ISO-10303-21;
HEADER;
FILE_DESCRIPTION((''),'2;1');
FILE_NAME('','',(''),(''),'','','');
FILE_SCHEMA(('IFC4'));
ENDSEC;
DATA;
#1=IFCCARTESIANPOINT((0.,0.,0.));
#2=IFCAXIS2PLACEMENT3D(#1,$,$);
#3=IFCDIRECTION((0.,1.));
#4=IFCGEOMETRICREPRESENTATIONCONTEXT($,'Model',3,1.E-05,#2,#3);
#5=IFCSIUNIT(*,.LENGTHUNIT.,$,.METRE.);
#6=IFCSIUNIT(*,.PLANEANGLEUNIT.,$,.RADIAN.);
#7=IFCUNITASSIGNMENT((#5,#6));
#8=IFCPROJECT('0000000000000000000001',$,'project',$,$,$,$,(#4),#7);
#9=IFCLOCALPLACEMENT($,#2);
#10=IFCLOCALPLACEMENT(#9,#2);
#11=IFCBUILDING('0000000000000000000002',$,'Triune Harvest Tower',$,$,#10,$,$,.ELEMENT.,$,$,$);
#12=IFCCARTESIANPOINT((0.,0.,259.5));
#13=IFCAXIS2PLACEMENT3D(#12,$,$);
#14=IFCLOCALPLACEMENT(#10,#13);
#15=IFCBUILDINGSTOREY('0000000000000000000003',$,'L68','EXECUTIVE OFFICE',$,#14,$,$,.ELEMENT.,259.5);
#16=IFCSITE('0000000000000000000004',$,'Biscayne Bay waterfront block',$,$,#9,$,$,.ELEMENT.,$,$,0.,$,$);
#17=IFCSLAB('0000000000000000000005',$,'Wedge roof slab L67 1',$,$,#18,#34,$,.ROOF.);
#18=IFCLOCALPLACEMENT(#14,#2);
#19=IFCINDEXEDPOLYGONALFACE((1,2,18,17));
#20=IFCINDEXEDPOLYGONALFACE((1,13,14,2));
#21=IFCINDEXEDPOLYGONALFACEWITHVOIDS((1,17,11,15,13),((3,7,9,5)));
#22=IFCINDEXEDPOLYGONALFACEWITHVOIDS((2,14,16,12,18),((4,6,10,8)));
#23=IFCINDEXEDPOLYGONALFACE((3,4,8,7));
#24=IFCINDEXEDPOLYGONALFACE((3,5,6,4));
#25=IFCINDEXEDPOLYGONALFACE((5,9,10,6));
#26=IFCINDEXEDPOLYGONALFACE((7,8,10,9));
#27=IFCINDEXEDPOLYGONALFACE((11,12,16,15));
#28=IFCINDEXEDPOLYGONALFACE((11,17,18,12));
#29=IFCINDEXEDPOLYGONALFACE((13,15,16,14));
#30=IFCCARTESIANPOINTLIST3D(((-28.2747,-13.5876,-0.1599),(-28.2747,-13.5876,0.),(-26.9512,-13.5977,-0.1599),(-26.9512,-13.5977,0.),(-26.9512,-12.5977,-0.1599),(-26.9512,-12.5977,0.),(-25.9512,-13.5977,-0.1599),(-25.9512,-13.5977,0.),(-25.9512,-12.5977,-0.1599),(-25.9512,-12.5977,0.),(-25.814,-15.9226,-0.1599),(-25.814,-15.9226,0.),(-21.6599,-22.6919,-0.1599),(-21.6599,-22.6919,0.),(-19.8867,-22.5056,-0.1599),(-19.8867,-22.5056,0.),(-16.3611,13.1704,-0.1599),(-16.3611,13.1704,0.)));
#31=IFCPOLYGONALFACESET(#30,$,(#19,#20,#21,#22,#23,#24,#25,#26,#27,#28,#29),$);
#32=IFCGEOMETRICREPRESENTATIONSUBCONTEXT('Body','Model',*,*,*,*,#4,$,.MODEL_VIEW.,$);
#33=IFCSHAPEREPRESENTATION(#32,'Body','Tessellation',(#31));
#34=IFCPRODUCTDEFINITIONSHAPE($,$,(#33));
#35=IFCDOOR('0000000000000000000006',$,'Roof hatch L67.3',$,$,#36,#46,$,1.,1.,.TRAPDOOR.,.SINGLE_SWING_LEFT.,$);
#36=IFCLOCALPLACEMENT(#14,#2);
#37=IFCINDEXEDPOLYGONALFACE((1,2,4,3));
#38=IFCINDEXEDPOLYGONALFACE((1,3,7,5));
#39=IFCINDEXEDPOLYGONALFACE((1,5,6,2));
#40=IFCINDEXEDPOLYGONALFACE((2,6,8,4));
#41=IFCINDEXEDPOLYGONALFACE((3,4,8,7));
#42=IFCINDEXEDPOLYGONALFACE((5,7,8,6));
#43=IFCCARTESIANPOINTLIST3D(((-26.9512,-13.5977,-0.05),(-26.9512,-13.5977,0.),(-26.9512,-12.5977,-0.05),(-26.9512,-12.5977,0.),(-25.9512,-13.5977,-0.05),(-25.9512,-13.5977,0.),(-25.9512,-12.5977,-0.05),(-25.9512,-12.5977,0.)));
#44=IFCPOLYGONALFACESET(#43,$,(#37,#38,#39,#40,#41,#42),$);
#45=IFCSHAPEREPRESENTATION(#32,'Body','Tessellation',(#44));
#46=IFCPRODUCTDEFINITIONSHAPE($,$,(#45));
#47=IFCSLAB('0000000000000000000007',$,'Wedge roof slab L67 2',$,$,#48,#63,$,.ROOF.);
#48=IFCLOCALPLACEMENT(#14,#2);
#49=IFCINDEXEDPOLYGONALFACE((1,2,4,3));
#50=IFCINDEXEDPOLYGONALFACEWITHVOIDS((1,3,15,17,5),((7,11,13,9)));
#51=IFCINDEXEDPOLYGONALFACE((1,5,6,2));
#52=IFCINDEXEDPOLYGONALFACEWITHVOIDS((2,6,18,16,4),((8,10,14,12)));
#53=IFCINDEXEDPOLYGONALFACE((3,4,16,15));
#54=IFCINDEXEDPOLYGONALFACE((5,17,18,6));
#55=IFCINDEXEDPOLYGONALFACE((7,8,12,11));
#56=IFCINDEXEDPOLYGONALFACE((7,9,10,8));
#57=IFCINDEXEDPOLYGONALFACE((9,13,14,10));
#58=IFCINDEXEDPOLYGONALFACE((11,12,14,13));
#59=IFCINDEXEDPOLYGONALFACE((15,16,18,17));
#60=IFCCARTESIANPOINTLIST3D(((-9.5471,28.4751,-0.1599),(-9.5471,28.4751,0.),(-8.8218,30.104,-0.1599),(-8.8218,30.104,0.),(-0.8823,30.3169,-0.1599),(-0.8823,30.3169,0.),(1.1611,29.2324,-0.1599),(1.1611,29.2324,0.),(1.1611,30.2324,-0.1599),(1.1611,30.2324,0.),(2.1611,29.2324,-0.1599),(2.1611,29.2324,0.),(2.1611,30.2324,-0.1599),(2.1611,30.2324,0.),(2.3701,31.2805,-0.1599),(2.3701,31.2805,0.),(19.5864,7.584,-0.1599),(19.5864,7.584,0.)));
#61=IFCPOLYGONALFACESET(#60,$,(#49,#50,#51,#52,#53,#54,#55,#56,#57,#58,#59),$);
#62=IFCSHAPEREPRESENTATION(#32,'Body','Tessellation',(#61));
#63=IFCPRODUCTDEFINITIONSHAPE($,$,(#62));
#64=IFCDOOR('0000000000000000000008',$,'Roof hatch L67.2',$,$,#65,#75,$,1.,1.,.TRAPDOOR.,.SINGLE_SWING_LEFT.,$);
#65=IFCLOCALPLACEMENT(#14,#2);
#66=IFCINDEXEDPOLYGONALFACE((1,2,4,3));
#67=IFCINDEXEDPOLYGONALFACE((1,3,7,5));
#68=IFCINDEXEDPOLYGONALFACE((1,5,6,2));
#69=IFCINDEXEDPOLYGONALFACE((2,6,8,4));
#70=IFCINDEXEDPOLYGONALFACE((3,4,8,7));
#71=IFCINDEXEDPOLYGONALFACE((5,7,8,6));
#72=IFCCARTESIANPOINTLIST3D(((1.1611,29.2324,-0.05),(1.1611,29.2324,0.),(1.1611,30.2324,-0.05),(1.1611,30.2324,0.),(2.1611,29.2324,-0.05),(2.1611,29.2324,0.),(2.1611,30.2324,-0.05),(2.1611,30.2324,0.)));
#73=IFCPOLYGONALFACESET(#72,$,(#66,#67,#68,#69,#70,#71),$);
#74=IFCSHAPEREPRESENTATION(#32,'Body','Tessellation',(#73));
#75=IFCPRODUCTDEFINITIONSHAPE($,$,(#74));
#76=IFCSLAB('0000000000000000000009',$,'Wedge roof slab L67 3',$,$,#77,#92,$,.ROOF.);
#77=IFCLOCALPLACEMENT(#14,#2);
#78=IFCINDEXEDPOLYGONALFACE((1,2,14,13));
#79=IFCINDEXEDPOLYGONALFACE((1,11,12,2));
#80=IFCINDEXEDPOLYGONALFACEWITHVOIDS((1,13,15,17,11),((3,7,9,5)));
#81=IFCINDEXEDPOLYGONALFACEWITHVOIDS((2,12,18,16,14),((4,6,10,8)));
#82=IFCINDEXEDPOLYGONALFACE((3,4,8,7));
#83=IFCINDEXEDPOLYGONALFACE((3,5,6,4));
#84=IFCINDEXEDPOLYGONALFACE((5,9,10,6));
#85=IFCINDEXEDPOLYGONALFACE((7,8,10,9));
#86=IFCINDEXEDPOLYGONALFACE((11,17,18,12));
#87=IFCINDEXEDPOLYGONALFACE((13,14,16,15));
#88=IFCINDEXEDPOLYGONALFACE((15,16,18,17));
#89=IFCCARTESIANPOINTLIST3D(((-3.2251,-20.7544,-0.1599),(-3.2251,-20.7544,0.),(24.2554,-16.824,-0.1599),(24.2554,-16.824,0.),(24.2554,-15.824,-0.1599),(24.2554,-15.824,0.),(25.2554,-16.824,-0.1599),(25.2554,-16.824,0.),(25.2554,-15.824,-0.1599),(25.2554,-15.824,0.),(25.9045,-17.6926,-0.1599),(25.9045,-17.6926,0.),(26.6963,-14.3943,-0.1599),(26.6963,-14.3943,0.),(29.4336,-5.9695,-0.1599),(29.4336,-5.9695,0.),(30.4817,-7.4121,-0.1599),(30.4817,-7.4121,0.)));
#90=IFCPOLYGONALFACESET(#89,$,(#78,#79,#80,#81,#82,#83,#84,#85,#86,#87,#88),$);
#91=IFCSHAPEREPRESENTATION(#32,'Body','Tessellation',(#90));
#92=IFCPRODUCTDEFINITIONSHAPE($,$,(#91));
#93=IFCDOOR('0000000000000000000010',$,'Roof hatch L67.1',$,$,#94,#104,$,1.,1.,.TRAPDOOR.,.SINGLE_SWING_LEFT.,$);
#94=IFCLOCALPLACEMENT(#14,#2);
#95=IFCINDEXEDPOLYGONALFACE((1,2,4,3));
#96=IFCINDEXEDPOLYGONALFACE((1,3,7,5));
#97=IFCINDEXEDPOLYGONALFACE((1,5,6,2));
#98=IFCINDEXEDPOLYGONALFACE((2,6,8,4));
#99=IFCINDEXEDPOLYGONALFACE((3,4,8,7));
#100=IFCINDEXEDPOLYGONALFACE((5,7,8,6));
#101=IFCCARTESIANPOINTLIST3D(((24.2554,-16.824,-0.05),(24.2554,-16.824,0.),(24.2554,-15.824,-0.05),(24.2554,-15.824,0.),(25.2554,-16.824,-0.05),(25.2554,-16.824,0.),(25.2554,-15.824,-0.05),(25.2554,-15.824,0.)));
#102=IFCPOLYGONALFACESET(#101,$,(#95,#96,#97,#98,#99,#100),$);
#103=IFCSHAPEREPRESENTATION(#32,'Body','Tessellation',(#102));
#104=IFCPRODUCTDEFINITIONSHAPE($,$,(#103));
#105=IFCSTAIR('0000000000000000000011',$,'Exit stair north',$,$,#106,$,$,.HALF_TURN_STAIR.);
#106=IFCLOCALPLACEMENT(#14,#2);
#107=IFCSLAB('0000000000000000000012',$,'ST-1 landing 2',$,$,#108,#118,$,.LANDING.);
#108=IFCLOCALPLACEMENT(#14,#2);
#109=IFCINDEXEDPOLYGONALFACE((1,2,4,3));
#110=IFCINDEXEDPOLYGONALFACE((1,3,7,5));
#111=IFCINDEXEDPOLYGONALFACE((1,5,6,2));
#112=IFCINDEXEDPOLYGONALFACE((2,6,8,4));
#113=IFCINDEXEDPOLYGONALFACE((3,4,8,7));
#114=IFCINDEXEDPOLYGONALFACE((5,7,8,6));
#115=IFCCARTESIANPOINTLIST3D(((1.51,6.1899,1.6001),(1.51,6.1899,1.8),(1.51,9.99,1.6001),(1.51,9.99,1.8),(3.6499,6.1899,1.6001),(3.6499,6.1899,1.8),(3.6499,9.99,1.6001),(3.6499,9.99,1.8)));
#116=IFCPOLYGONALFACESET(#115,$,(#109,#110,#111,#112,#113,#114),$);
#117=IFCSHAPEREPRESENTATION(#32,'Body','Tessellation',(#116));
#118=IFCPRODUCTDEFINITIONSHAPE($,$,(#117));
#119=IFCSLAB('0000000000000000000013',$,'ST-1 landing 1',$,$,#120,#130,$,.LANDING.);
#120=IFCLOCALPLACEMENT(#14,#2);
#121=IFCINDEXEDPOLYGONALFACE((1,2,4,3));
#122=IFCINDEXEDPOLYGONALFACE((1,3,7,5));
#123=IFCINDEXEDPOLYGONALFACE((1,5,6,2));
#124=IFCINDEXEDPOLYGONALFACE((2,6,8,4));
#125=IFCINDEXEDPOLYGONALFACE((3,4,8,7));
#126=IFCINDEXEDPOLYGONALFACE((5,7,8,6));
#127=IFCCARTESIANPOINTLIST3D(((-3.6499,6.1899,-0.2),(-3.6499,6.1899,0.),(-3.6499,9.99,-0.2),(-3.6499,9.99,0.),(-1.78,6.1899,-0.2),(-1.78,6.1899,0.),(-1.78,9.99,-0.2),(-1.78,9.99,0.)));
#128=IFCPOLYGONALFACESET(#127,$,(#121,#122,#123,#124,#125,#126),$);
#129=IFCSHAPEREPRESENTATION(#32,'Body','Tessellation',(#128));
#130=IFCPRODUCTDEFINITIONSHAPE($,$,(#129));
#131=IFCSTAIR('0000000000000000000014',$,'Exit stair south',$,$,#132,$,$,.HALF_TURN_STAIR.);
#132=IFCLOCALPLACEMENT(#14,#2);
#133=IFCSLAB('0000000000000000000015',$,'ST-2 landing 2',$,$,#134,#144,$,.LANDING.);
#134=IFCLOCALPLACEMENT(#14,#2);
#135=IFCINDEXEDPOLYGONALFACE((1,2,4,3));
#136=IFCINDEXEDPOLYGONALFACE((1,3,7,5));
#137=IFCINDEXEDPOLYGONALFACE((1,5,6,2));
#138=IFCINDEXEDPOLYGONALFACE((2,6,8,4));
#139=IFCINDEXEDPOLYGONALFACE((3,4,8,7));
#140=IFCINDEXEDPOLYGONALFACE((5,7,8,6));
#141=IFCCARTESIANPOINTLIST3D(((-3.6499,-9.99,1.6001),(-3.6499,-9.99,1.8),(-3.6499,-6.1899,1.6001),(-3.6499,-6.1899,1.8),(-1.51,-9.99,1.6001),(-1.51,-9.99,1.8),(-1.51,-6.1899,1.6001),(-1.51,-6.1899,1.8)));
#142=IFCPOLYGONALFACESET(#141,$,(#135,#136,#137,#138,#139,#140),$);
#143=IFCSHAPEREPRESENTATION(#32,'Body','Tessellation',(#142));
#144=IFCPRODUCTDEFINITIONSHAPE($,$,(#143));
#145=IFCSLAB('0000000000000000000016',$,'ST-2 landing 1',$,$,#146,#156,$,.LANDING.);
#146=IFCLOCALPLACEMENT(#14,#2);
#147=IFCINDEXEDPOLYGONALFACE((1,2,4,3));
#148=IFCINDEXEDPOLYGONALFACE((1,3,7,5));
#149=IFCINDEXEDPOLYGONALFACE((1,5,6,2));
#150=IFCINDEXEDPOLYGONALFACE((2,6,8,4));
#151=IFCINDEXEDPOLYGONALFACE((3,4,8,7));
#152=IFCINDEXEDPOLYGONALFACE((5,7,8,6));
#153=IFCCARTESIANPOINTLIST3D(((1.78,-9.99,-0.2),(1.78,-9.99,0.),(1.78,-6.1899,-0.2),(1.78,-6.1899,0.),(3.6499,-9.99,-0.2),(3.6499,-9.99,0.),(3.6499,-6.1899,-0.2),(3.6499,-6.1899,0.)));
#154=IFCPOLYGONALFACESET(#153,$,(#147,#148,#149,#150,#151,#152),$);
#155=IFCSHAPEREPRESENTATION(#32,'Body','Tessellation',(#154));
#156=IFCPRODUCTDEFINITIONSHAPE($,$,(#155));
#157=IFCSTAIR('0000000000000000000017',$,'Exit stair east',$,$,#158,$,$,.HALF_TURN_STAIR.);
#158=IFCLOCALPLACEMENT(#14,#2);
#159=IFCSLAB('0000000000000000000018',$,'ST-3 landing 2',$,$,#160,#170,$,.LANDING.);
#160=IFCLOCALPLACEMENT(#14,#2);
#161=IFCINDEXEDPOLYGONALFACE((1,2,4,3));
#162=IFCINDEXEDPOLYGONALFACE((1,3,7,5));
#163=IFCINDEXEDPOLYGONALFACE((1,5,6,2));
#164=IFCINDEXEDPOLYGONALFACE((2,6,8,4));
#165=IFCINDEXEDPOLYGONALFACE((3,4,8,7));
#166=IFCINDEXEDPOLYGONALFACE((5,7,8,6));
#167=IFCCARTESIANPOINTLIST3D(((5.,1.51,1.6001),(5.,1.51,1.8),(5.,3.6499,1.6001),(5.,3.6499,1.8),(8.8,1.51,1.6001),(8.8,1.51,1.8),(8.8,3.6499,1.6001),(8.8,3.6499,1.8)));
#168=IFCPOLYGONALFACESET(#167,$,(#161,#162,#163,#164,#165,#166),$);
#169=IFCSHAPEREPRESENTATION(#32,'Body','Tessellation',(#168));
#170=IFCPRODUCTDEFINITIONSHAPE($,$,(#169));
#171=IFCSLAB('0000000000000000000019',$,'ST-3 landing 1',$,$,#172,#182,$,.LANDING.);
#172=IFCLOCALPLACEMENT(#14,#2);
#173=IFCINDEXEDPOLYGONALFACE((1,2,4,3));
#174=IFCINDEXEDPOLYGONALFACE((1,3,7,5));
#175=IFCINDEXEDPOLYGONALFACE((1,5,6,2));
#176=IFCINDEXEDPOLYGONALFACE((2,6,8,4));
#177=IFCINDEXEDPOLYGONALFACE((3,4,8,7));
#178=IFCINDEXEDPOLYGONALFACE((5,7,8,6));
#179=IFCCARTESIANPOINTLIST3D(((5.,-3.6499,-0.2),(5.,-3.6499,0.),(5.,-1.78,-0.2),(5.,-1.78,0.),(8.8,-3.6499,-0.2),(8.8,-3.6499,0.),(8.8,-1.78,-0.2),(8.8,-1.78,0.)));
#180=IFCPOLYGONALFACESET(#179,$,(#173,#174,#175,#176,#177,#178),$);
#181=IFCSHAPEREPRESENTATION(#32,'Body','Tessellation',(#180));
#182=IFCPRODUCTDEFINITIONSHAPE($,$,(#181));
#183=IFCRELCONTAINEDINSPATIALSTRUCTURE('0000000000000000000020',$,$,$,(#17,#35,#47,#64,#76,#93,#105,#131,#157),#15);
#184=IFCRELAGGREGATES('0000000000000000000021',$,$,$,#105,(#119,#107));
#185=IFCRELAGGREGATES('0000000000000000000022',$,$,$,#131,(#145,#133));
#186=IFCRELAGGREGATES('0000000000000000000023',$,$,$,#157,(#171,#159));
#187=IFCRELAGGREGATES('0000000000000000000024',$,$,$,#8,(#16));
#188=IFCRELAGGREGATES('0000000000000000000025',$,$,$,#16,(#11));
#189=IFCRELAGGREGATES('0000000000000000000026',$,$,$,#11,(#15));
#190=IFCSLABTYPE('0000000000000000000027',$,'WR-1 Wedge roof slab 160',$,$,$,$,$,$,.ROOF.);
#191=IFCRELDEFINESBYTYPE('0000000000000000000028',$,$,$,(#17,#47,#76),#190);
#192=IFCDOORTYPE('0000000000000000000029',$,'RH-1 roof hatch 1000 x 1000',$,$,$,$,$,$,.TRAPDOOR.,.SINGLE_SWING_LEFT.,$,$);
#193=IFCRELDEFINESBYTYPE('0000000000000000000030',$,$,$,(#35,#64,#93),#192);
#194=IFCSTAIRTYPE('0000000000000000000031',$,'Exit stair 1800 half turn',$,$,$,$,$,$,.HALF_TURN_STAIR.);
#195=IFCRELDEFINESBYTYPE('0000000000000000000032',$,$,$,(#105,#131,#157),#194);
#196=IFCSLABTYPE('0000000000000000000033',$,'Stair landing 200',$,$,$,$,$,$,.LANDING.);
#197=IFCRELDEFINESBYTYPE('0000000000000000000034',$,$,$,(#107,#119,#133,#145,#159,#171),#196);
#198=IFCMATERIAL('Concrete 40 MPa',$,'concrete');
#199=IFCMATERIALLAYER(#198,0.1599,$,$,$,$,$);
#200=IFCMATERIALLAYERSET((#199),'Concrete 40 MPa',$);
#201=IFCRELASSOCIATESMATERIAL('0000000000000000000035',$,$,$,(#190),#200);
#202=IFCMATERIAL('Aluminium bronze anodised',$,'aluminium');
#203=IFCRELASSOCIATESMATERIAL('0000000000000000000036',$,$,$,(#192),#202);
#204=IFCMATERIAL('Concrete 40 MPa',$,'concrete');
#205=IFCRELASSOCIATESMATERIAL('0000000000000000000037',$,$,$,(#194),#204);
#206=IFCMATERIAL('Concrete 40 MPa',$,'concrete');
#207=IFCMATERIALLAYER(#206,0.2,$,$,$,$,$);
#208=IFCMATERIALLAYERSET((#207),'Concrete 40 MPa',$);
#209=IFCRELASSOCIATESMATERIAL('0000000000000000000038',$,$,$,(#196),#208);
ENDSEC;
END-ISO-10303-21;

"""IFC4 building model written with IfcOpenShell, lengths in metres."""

from ifc_helpers import new_model, si_unit, direction, frame, origin, origin_2d, place, context, subcontext, project, spatial, polyline, rectangle, outline, extrude, source, transform, mapped, material, layer, layer_set, type_object, element, fill, aggregate, save


model = new_model("IFC4")

# Units and contexts
model_context = context("Model", 3, precision=1e-05, world=origin(), true_north=direction((0.0, 1.0)))
body_context = subcontext(model_context, "Body", "Model", "MODEL_VIEW")
ifc_project = project(units=[si_unit("LENGTHUNIT", "METRE"), si_unit("PLANEANGLEUNIT", "RADIAN")], contexts=[model_context])

# Site, building, storey
site_placement = place(None, origin())
site = spatial("IfcSite", under=ifc_project, at=site_placement, Name="Biscayne Bay waterfront block", CompositionType="ELEMENT", RefElevation=0.0)
building_placement = place(site_placement, origin())
building = spatial("IfcBuilding", under=site, at=building_placement, Name="Triune Harvest Tower", CompositionType="ELEMENT")
storey_placement = place(building_placement, frame((0.0, 0.0, 259.5)))
storey = spatial("IfcBuildingStorey", under=building, at=storey_placement, Name="L68", Description="EXECUTIVE OFFICE", CompositionType="ELEMENT", Elevation=259.5)

# Slabs, openings, doors
ifc_material_1 = material(Name="Concrete 40 MPa", Category="concrete")
ifc_layer_1 = layer(ifc_material_1, 0.1599)
ifc_layer_set_1 = layer_set([ifc_layer_1], Name="Concrete 40 MPa")
slab_type_1 = type_object("IfcSlabType", Name="WR-1 Wedge roof slab 160", PredefinedType="ROOF", material=ifc_layer_set_1)
slab_1_placement = place(storey_placement, frame((0.0, 0.0, -0.1599)))
slab_1 = element("IfcSlab", 1, at=slab_1_placement, inside=storey, type_object=slab_type_1, Name="Wedge roof slab L67 1", PredefinedType="ROOF", context=body_context, shape_type="SweptSolid", body=[
    extrude(outline(polyline([(-21.6599, -22.6919), (-19.8867, -22.5056), (-25.814, -15.9226), (-16.3611, 13.1704), (-28.2747, -13.5876), (-21.6599, -22.6919)])), origin(), (0.0, 0.0, 1.0), 0.1599),
])
opening_1_placement = place(slab_1_placement, frame((-26.4512, -13.0977, 0.0)))
opening_1 = element("IfcOpeningElement", 2, at=opening_1_placement, cuts=slab_1, PredefinedType="OPENING", context=body_context, shape_type="SweptSolid", body=[
    extrude(rectangle(XDim=1.0, YDim=1.0, at=origin_2d()), origin(), (0.0, 0.0, 1.0), 0.1599),
])
ifc_material_2 = material(Name="Aluminium bronze anodised", Category="aluminium")
door_type_1 = type_object("IfcDoorType", Name="RH-1 roof hatch 1000 x 1000", OperationType="SINGLE_SWING_LEFT", PredefinedType="TRAPDOOR", material=ifc_material_2)
door_1_placement = place(opening_1_placement, frame((0.0, 0.0, 0.1099)))
door_1 = element("IfcDoor", 3, at=door_1_placement, inside=storey, type_object=door_type_1, Name="Roof hatch L67.3", OperationType="SINGLE_SWING_LEFT", OverallHeight=1.0, OverallWidth=1.0, PredefinedType="TRAPDOOR", context=body_context, shape_type="SweptSolid", body=[
    extrude(rectangle(XDim=1.0, YDim=1.0, at=origin_2d()), origin(), (0.0, 0.0, 1.0), 0.05),
])
fill(opening_1, door_1)
slab_2_placement = place(storey_placement, frame((0.0, 0.0, -0.1599)))
slab_2 = element("IfcSlab", 4, at=slab_2_placement, inside=storey, type_object=slab_type_1, Name="Wedge roof slab L67 2", PredefinedType="ROOF", context=body_context, shape_type="SweptSolid", body=[
    extrude(outline(polyline([(-8.8218, 30.104), (-9.5471, 28.4751), (-0.8823, 30.3169), (19.5864, 7.584), (2.3701, 31.2805), (-8.8218, 30.104)])), origin(), (0.0, 0.0, 1.0), 0.1599),
])
opening_2_placement = place(slab_2_placement, frame((1.6611, 29.7324, 0.0)))
opening_2 = element("IfcOpeningElement", 5, at=opening_2_placement, cuts=slab_2, PredefinedType="OPENING", context=body_context, shape_type="SweptSolid", body=[
    extrude(rectangle(XDim=1.0, YDim=1.0, at=origin_2d()), origin(), (0.0, 0.0, 1.0), 0.1599),
])
door_2_placement = place(opening_2_placement, frame((0.0, 0.0, 0.1099)))
door_2 = element("IfcDoor", 6, at=door_2_placement, inside=storey, type_object=door_type_1, Name="Roof hatch L67.2", OperationType="SINGLE_SWING_LEFT", OverallHeight=1.0, OverallWidth=1.0, PredefinedType="TRAPDOOR", context=body_context, shape_type="SweptSolid", body=[
    extrude(rectangle(XDim=1.0, YDim=1.0, at=origin_2d()), origin(), (0.0, 0.0, 1.0), 0.05),
])
fill(opening_2, door_2)
slab_3_placement = place(storey_placement, frame((0.0, 0.0, -0.1599)))
slab_3 = element("IfcSlab", 7, at=slab_3_placement, inside=storey, type_object=slab_type_1, Name="Wedge roof slab L67 3", PredefinedType="ROOF", context=body_context, shape_type="SweptSolid", body=[
    extrude(outline(polyline([(30.4817, -7.4121), (29.4336, -5.9695), (26.6963, -14.3943), (-3.2251, -20.7544), (25.9045, -17.6926), (30.4817, -7.4121)])), origin(), (0.0, 0.0, 1.0), 0.1599),
])
opening_3_placement = place(slab_3_placement, frame((24.7554, -16.324, 0.0)))
opening_3 = element("IfcOpeningElement", 8, at=opening_3_placement, cuts=slab_3, PredefinedType="OPENING", context=body_context, shape_type="SweptSolid", body=[
    extrude(rectangle(XDim=1.0, YDim=1.0, at=origin_2d()), origin(), (0.0, 0.0, 1.0), 0.1599),
])
door_3_placement = place(opening_3_placement, frame((0.0, 0.0, 0.1099)))
door_3 = element("IfcDoor", 9, at=door_3_placement, inside=storey, type_object=door_type_1, Name="Roof hatch L67.1", OperationType="SINGLE_SWING_LEFT", OverallHeight=1.0, OverallWidth=1.0, PredefinedType="TRAPDOOR", context=body_context, shape_type="SweptSolid", body=[
    extrude(rectangle(XDim=1.0, YDim=1.0, at=origin_2d()), origin(), (0.0, 0.0, 1.0), 0.05),
])
fill(opening_3, door_3)

# Stairs, slabs
ifc_material_3 = material(Name="Concrete 40 MPa", Category="concrete")
stair_type = type_object("IfcStairType", Name="Exit stair 1800 half turn", PredefinedType="HALF_TURN_STAIR", material=ifc_material_3)
stair_1_placement = place(storey_placement, origin())
stair_1 = element("IfcStair", 10, at=stair_1_placement, inside=storey, type_object=stair_type, Name="Exit stair north", PredefinedType="HALF_TURN_STAIR")
ifc_material_4 = material(Name="Concrete 40 MPa", Category="concrete")
ifc_layer_2 = layer(ifc_material_4, 0.2)
ifc_layer_set_2 = layer_set([ifc_layer_2], Name="Concrete 40 MPa")
slab_type_2 = type_object("IfcSlabType", Name="Stair landing 200", PredefinedType="LANDING", material=ifc_layer_set_2)
shared_shape_1 = source(origin(), body_context, "Body", "SweptSolid", [
    extrude(outline(polyline([(1.51, 6.1899), (3.6499, 6.1899), (3.6499, 9.99), (1.51, 9.99), (1.51, 6.1899)])), origin(), (0.0, 0.0, 1.0), 0.2),
])
slab_4_placement = place(storey_placement, frame((0.0, 0.0, 1.6001)))
slab_4 = element("IfcSlab", 11, at=slab_4_placement, type_object=slab_type_2, Name="ST-1 landing 2", PredefinedType="LANDING", context=body_context, shape_type="MappedRepresentation", body=[
    mapped(shared_shape_1, transform((0.0, 0.0, 0.0), scale=1.0)),
])
shared_shape_2 = source(origin(), body_context, "Body", "SweptSolid", [
    extrude(outline(polyline([(-3.6499, 6.1899), (-1.78, 6.1899), (-1.78, 9.99), (-3.6499, 9.99), (-3.6499, 6.1899)])), origin(), (0.0, 0.0, 1.0), 0.2),
])
slab_5_placement = place(storey_placement, frame((0.0, 0.0, -0.2)))
slab_5 = element("IfcSlab", 12, at=slab_5_placement, type_object=slab_type_2, Name="ST-1 landing 1", PredefinedType="LANDING", context=body_context, shape_type="MappedRepresentation", body=[
    mapped(shared_shape_2, transform((0.0, 0.0, 0.0), scale=1.0)),
])
aggregate(stair_1, [slab_5, slab_4])
stair_2_placement = place(storey_placement, origin())
stair_2 = element("IfcStair", 13, at=stair_2_placement, inside=storey, type_object=stair_type, Name="Exit stair south", PredefinedType="HALF_TURN_STAIR")
shared_shape_3 = source(origin(), body_context, "Body", "SweptSolid", [
    extrude(outline(polyline([(-1.51, -6.1899), (-3.6499, -6.1899), (-3.6499, -9.99), (-1.51, -9.99), (-1.51, -6.1899)])), origin(), (0.0, 0.0, 1.0), 0.2),
])
slab_6_placement = place(storey_placement, frame((0.0, 0.0, 1.6001)))
slab_6 = element("IfcSlab", 14, at=slab_6_placement, type_object=slab_type_2, Name="ST-2 landing 2", PredefinedType="LANDING", context=body_context, shape_type="MappedRepresentation", body=[
    mapped(shared_shape_3, transform((0.0, 0.0, 0.0), scale=1.0)),
])
shared_shape_4 = source(origin(), body_context, "Body", "SweptSolid", [
    extrude(outline(polyline([(3.6499, -6.1899), (1.78, -6.1899), (1.78, -9.99), (3.6499, -9.99), (3.6499, -6.1899)])), origin(), (0.0, 0.0, 1.0), 0.2),
])
slab_7_placement = place(storey_placement, frame((0.0, 0.0, -0.2)))
slab_7 = element("IfcSlab", 15, at=slab_7_placement, type_object=slab_type_2, Name="ST-2 landing 1", PredefinedType="LANDING", context=body_context, shape_type="MappedRepresentation", body=[
    mapped(shared_shape_4, transform((0.0, 0.0, 0.0), scale=1.0)),
])
aggregate(stair_2, [slab_7, slab_6])
stair_3_placement = place(storey_placement, origin())
stair_3 = element("IfcStair", 16, at=stair_3_placement, inside=storey, type_object=stair_type, Name="Exit stair east", PredefinedType="HALF_TURN_STAIR")
shared_shape_5 = source(origin(), body_context, "Body", "SweptSolid", [
    extrude(outline(polyline([(8.8, 1.51), (8.8, 3.6499), (5.0, 3.6499), (5.0, 1.51), (8.8, 1.51)])), origin(), (0.0, 0.0, 1.0), 0.2),
])
slab_8_placement = place(storey_placement, frame((0.0, 0.0, 1.6001)))
slab_8 = element("IfcSlab", 17, at=slab_8_placement, type_object=slab_type_2, Name="ST-3 landing 2", PredefinedType="LANDING", context=body_context, shape_type="MappedRepresentation", body=[
    mapped(shared_shape_5, transform((0.0, 0.0, 0.0), scale=1.0)),
])
shared_shape_6 = source(origin(), body_context, "Body", "SweptSolid", [
    extrude(outline(polyline([(8.8, -3.6499), (8.8, -1.78), (5.0, -1.78), (5.0, -3.6499), (8.8, -3.6499)])), origin(), (0.0, 0.0, 1.0), 0.2),
])
slab_9_placement = place(storey_placement, frame((0.0, 0.0, -0.2)))
slab_9 = element("IfcSlab", 18, at=slab_9_placement, type_object=slab_type_2, Name="ST-3 landing 1", PredefinedType="LANDING", context=body_context, shape_type="MappedRepresentation", body=[
    mapped(shared_shape_6, transform((0.0, 0.0, 0.0), scale=1.0)),
])
aggregate(stair_3, [slab_9, slab_8])

save(model, "model.ifc")
